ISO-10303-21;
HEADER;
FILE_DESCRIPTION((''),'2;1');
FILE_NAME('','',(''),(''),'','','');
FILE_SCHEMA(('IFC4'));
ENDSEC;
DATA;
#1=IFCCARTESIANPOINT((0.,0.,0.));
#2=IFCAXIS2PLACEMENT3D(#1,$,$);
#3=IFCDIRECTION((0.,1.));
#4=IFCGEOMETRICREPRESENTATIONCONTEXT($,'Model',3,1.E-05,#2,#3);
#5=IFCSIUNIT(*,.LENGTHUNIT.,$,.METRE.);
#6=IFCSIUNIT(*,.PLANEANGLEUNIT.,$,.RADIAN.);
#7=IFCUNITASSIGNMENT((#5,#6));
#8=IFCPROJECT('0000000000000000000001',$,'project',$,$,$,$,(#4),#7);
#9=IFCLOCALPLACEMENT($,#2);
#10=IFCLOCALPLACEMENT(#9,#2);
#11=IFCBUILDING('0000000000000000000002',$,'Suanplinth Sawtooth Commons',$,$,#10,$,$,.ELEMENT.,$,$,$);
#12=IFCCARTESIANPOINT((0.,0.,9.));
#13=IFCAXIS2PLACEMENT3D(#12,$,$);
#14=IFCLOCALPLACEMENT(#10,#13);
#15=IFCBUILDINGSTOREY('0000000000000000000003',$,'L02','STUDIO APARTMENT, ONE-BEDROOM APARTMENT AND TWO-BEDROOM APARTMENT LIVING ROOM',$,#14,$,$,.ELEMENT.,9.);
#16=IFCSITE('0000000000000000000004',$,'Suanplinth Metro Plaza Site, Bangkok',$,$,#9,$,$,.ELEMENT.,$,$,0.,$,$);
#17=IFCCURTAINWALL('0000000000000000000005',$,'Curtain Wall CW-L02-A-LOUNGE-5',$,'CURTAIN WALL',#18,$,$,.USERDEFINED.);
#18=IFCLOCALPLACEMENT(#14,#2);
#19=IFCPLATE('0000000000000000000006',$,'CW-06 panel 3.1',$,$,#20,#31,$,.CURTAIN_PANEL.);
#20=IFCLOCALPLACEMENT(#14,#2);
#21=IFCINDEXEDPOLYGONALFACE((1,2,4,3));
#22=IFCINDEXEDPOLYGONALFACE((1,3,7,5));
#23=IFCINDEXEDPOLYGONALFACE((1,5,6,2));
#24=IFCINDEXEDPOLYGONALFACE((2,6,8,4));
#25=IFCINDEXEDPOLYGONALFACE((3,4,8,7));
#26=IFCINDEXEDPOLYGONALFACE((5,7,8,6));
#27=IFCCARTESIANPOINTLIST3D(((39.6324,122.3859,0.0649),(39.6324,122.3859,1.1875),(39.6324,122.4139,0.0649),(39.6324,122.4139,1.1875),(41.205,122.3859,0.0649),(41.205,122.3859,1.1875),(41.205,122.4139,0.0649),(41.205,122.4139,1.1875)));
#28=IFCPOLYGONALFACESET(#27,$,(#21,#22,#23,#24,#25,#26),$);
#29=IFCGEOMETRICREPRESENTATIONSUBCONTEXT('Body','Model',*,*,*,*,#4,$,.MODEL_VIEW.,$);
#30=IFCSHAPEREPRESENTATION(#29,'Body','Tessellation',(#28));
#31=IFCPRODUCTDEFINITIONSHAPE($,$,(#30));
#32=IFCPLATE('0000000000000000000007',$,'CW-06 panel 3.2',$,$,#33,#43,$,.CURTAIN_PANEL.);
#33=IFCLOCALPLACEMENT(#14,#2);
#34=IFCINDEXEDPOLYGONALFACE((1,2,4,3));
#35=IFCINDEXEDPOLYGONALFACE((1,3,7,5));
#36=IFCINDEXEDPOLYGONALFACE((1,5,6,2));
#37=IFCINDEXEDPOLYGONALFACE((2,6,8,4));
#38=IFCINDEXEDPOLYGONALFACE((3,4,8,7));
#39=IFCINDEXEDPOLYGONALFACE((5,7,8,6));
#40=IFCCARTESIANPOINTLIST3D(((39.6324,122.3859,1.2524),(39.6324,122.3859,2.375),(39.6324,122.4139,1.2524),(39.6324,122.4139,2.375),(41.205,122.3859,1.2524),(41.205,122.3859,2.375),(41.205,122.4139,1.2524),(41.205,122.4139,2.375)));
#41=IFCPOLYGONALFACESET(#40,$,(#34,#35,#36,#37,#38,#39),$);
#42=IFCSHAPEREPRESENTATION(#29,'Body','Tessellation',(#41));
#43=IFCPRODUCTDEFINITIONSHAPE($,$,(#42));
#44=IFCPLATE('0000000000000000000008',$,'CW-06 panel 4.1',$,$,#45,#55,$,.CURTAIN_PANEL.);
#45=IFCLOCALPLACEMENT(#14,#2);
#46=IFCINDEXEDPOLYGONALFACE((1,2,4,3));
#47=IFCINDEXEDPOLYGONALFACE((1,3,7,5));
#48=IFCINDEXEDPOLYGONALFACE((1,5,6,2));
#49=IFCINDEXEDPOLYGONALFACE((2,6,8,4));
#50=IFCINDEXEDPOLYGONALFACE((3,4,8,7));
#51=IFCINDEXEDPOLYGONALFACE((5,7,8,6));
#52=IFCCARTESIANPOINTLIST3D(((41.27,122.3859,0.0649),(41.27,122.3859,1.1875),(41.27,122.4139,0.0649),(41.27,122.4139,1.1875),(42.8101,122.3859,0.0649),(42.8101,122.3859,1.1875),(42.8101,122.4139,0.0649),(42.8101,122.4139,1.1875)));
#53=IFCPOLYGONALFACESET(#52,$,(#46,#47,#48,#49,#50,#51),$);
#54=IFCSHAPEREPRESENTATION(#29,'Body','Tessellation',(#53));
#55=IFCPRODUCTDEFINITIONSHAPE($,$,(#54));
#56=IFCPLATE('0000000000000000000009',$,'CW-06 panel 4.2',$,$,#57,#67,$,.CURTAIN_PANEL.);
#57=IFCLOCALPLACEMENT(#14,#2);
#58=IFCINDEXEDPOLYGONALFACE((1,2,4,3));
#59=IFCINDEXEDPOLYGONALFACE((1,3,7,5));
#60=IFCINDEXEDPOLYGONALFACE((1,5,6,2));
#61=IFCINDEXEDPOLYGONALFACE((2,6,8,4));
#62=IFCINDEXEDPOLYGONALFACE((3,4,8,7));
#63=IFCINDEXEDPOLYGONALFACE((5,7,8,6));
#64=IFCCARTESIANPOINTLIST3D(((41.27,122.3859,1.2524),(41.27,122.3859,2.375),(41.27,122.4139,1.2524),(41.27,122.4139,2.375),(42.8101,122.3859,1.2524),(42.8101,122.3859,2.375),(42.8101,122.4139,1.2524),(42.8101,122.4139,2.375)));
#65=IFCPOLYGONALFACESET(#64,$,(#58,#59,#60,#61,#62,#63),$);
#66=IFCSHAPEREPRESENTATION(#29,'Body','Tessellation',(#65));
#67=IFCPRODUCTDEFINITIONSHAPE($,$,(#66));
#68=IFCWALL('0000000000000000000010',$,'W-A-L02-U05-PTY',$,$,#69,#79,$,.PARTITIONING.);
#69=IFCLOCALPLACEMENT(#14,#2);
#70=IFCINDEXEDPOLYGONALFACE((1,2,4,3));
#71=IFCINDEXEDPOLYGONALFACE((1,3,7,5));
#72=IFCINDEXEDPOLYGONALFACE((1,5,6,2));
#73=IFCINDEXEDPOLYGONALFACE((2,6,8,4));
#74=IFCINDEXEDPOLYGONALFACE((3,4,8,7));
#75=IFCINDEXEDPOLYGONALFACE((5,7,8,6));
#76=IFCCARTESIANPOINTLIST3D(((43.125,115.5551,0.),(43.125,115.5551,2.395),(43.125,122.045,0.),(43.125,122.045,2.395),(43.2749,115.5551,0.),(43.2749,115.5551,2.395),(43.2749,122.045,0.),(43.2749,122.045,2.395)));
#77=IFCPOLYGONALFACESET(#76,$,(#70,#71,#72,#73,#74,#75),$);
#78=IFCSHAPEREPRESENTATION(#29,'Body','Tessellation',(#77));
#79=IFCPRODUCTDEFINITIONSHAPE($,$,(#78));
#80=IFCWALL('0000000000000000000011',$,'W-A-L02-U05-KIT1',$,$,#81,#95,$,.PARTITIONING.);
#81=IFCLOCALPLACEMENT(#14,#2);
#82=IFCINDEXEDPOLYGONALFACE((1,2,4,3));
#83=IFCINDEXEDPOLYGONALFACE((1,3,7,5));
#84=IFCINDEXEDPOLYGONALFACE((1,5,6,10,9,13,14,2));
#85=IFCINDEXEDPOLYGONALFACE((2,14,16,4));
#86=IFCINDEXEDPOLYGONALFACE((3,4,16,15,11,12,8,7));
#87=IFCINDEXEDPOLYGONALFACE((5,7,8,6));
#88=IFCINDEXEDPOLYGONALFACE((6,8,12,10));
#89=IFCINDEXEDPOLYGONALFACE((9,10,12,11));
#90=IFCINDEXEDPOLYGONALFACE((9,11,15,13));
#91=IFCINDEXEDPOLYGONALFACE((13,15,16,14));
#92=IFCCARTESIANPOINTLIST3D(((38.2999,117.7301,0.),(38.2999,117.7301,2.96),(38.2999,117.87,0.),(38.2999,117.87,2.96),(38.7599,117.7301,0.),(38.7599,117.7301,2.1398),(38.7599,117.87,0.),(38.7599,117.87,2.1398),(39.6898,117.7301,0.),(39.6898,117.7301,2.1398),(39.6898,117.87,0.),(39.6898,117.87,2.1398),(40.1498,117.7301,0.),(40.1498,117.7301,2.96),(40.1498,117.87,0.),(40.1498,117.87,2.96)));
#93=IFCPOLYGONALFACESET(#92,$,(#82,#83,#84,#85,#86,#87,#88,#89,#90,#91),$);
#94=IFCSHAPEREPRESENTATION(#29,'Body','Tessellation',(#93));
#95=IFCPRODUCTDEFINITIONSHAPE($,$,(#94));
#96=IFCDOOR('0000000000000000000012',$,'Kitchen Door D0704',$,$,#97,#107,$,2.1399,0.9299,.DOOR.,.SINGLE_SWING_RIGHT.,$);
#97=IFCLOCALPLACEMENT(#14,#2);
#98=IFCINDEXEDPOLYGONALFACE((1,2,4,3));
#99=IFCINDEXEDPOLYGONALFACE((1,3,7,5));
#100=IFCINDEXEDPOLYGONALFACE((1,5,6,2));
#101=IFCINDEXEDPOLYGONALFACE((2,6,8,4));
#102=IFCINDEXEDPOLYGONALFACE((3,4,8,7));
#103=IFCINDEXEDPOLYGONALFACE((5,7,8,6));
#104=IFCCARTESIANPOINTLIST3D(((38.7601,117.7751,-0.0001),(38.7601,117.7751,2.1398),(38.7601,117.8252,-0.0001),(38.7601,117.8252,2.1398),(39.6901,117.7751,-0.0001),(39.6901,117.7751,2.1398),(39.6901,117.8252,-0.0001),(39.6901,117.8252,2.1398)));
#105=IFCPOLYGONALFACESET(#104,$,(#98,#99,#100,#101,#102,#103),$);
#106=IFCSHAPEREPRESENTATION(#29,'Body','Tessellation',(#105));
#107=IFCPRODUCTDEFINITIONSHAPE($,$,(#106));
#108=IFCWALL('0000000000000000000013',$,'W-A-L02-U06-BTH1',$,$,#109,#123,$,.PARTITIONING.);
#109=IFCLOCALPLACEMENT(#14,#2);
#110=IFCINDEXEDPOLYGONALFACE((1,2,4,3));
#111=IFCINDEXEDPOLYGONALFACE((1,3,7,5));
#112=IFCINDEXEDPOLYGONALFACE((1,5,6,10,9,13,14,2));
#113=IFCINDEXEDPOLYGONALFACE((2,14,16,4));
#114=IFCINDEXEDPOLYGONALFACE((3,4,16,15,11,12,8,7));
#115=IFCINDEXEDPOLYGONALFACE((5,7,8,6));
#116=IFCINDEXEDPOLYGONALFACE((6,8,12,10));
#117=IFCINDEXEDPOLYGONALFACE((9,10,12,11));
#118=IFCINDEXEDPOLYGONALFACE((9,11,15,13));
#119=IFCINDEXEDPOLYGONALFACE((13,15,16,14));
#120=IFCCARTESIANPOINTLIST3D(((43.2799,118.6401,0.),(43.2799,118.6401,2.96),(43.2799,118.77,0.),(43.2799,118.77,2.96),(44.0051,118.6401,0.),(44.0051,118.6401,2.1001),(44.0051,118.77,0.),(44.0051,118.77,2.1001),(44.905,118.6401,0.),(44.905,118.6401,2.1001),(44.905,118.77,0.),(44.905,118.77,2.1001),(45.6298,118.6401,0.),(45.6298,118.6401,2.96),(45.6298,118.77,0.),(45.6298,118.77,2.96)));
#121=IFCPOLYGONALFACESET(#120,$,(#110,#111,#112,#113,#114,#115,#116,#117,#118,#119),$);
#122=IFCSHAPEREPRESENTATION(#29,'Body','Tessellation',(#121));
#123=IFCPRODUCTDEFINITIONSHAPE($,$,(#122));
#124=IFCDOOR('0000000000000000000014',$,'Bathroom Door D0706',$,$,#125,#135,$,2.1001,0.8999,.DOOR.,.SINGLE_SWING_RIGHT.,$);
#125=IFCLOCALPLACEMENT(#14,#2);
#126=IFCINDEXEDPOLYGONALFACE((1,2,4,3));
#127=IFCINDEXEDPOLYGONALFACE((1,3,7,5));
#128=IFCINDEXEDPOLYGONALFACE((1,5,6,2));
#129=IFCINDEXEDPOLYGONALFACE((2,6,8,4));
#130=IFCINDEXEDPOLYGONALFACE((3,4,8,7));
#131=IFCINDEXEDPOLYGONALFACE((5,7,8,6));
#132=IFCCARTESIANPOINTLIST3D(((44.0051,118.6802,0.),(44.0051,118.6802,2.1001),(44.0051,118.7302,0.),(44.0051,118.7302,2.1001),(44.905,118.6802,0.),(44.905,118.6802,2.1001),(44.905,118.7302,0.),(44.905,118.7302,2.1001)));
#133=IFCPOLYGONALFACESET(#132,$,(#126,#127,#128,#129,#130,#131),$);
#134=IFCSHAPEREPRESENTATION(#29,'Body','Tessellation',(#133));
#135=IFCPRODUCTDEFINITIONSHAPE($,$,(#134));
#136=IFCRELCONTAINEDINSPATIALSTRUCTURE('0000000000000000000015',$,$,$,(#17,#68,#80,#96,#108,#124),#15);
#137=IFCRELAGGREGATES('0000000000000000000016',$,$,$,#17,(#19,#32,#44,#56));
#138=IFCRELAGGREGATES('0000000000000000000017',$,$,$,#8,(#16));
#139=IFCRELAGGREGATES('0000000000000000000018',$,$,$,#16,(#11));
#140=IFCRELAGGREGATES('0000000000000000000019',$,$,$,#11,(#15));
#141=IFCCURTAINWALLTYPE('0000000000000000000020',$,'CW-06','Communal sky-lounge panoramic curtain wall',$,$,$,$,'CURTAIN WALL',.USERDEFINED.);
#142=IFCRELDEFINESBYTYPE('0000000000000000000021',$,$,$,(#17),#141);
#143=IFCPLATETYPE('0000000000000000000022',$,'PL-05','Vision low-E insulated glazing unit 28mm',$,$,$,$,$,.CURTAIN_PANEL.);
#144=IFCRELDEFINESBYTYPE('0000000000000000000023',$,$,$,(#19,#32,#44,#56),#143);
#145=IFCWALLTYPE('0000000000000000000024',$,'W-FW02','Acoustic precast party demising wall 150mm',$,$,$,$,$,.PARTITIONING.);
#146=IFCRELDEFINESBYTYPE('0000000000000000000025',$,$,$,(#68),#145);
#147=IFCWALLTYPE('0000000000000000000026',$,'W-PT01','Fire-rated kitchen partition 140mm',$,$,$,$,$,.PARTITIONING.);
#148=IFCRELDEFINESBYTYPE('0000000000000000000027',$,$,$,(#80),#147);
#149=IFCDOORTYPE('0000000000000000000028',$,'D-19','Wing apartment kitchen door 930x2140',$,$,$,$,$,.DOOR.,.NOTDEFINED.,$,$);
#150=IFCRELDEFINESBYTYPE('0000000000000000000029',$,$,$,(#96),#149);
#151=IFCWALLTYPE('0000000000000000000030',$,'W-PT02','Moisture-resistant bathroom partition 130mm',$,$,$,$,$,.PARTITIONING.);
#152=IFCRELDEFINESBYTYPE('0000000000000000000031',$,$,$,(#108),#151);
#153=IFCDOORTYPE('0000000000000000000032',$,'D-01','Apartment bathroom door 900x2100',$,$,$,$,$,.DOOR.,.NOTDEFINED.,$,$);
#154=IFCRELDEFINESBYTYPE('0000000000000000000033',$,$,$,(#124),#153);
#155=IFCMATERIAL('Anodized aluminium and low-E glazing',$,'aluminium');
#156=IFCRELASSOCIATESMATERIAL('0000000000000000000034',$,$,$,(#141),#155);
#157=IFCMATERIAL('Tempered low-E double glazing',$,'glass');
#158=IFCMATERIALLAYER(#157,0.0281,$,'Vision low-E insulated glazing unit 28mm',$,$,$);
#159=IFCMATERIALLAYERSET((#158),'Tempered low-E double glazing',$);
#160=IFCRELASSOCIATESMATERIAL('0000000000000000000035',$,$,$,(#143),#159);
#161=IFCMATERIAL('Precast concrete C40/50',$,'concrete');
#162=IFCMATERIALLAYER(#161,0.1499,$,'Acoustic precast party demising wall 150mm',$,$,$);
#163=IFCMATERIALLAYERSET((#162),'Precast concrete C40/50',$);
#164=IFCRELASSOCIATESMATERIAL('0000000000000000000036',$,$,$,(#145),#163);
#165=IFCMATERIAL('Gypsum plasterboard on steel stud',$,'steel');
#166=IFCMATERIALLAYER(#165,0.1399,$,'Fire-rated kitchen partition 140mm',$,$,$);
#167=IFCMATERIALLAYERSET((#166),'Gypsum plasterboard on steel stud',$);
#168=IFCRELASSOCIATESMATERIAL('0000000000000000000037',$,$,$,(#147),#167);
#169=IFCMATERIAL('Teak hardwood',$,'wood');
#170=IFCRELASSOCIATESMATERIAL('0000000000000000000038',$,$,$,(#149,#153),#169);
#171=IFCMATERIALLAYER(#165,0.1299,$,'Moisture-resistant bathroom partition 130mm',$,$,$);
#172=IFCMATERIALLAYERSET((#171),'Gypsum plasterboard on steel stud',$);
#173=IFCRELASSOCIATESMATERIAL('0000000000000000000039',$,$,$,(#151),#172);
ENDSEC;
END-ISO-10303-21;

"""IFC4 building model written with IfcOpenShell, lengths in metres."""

from ifc_helpers import new_model, si_unit, direction, frame, frame_2d, origin, origin_2d, place, context, subcontext, project, spatial, rectangle, extrude, material, layer, layer_set, type_object, element, fill, aggregate, save


model = new_model("IFC4")

# Units and contexts
model_context = context("Model", 3, precision=1e-05, world=origin(), true_north=direction((0.0, 1.0)))
body_context = subcontext(model_context, "Body", "Model", "MODEL_VIEW")
ifc_project = project(units=[si_unit("LENGTHUNIT", "METRE"), si_unit("PLANEANGLEUNIT", "RADIAN")], contexts=[model_context])

# Site, building, storey
site_placement = place(None, origin())
site = spatial("IfcSite", under=ifc_project, at=site_placement, Name="Suanplinth Metro Plaza Site, Bangkok", CompositionType="ELEMENT", RefElevation=0.0)
building_placement = place(site_placement, origin())
building = spatial("IfcBuilding", under=site, at=building_placement, Name="Suanplinth Sawtooth Commons", CompositionType="ELEMENT")
storey_placement = place(building_placement, frame((0.0, 0.0, 9.0)))
storey = spatial("IfcBuildingStorey", under=building, at=storey_placement, Name="L02", Description="STUDIO APARTMENT, ONE-BEDROOM APARTMENT AND TWO-BEDROOM APARTMENT LIVING ROOM", CompositionType="ELEMENT", Elevation=9.0)

# Shared definitions
ifc_material_1 = material(Name="Precast concrete C40/50", Category="concrete")

# Curtain wall
ifc_material_2 = material(Name="Anodized aluminium and low-E glazing", Category="aluminium")
curtain_wall_type = type_object("IfcCurtainWallType", Name="CW-06", Description="Communal sky-lounge panoramic curtain wall", ElementType="CURTAIN WALL", PredefinedType="USERDEFINED", material=ifc_material_2)
curtain_wall_placement = place(storey_placement, origin())
curtain_wall = element("IfcCurtainWall", 1, at=curtain_wall_placement, inside=storey, type_object=curtain_wall_type, Name="Curtain Wall CW-L02-A-LOUNGE-5", ObjectType="CURTAIN WALL", PredefinedType="USERDEFINED")

# Plates
ifc_material_3 = material(Name="Tempered low-E double glazing", Category="glass")
ifc_layer_1 = layer(ifc_material_3, 0.0281, Name="Vision low-E insulated glazing unit 28mm")
ifc_layer_set_1 = layer_set([ifc_layer_1], Name="Tempered low-E double glazing")
plate_type_1 = type_object("IfcPlateType", Name="PL-05", Description="Vision low-E insulated glazing unit 28mm", PredefinedType="CURTAIN_PANEL", material=ifc_layer_set_1)
plate_1_placement = place(storey_placement, frame((40.4187, 122.3999, 0.0649), z_axis=(0.0, 0.0, 1.0), x_axis=(1.0, 0.0, 0.0)))
plate_1 = element("IfcPlate", 2, at=plate_1_placement, type_object=plate_type_1, Name="CW-06 panel 3.1", PredefinedType="CURTAIN_PANEL", context=body_context, shape_type="SweptSolid", body=[
    extrude(rectangle(XDim=1.5725, YDim=0.0281, at=origin_2d()), origin(), (0.0, 0.0, 1.0), 1.1226),
])
plate_2_placement = place(storey_placement, frame((40.4187, 122.3999, 1.2524), z_axis=(0.0, 0.0, 1.0), x_axis=(1.0, 0.0, 0.0)))
plate_2 = element("IfcPlate", 3, at=plate_2_placement, type_object=plate_type_1, Name="CW-06 panel 3.2", PredefinedType="CURTAIN_PANEL", context=body_context, shape_type="SweptSolid", body=[
    extrude(rectangle(XDim=1.5725, YDim=0.0281, at=origin_2d()), origin(), (0.0, 0.0, 1.0), 1.1226),
])
plate_3_placement = place(storey_placement, frame((42.04, 122.3999, 0.0649), z_axis=(0.0, 0.0, 1.0), x_axis=(1.0, 0.0, 0.0)))
plate_3 = element("IfcPlate", 4, at=plate_3_placement, type_object=plate_type_1, Name="CW-06 panel 4.1", PredefinedType="CURTAIN_PANEL", context=body_context, shape_type="SweptSolid", body=[
    extrude(rectangle(XDim=1.54, YDim=0.0281, at=origin_2d()), origin(), (0.0, 0.0, 1.0), 1.1226),
])
plate_4_placement = place(storey_placement, frame((42.04, 122.3999, 1.2524), z_axis=(0.0, 0.0, 1.0), x_axis=(1.0, 0.0, 0.0)))
plate_4 = element("IfcPlate", 5, at=plate_4_placement, type_object=plate_type_1, Name="CW-06 panel 4.2", PredefinedType="CURTAIN_PANEL", context=body_context, shape_type="SweptSolid", body=[
    extrude(rectangle(XDim=1.54, YDim=0.0281, at=origin_2d()), origin(), (0.0, 0.0, 1.0), 1.1226),
])
aggregate(curtain_wall, [plate_1, plate_2, plate_3, plate_4])

# Wall
ifc_layer_2 = layer(ifc_material_1, 0.1499, Name="Acoustic precast party demising wall 150mm")
ifc_layer_set_2 = layer_set([ifc_layer_2], Name="Precast concrete C40/50")
wall_type_1 = type_object("IfcWallType", Name="W-FW02", Description="Acoustic precast party demising wall 150mm", PredefinedType="PARTITIONING", material=ifc_layer_set_2)
wall_1_placement = place(storey_placement, frame((43.2, 115.5549, 0.0), z_axis=(0.0, 0.0, 1.0), x_axis=(0.0, 1.0, 0.0)))
element("IfcWall", 6, at=wall_1_placement, inside=storey, type_object=wall_type_1, Name="W-A-L02-U05-PTY", PredefinedType="PARTITIONING", context=body_context, shape_type="SweptSolid", body=[
    extrude(rectangle(XDim=6.49, YDim=0.1499, at=frame_2d((3.2451, 0.0))), origin(), (0.0, 0.0, 1.0), 2.395),
])

# Walls, openings, doors
ifc_material_4 = material(Name="Gypsum plasterboard on steel stud", Category="steel")
ifc_layer_3 = layer(ifc_material_4, 0.1399, Name="Fire-rated kitchen partition 140mm")
ifc_layer_set_3 = layer_set([ifc_layer_3], Name="Gypsum plasterboard on steel stud")
wall_type_2 = type_object("IfcWallType", Name="W-PT01", Description="Fire-rated kitchen partition 140mm", PredefinedType="PARTITIONING", material=ifc_layer_set_3)
wall_2_placement = place(storey_placement, frame((38.3, 117.8, 0.0), z_axis=(0.0, 0.0, 1.0), x_axis=(1.0, 0.0, 0.0)))
wall_2 = element("IfcWall", 7, at=wall_2_placement, inside=storey, type_object=wall_type_2, Name="W-A-L02-U05-KIT1", PredefinedType="PARTITIONING", context=body_context, shape_type="SweptSolid", body=[
    extrude(rectangle(XDim=1.8499, YDim=0.1399, at=frame_2d((0.9248, 0.0))), origin(), (0.0, 0.0, 1.0), 2.96),
])
opening_1_placement = place(wall_2_placement, frame((0.46, 0.0, 0.0)))
opening_1 = element("IfcOpeningElement", 8, at=opening_1_placement, cuts=wall_2, PredefinedType="OPENING", context=body_context, shape_type="SweptSolid", body=[
    extrude(rectangle(XDim=0.9299, YDim=2.1399, at=frame_2d((0.4648, 1.0698))), frame((0.0, 0.085, 0.0), z_axis=(0.0, -1.0, 0.0), x_axis=(1.0, 0.0, 0.0)), (0.0, 0.0, 1.0), 0.1697),
])
ifc_material_5 = material(Name="Teak hardwood", Category="wood")
door_type_1 = type_object("IfcDoorType", Name="D-19", Description="Wing apartment kitchen door 930x2140", OperationType="NOTDEFINED", PredefinedType="DOOR", material=ifc_material_5)
door_1_placement = place(opening_1_placement, frame((0.9299, 0.0, 0.0), z_axis=(0.0, 0.0, 1.0), x_axis=(-1.0, 0.0, 0.0)))
door_1 = element("IfcDoor", 9, at=door_1_placement, inside=storey, type_object=door_type_1, Name="Kitchen Door D0704", OperationType="SINGLE_SWING_RIGHT", OverallHeight=2.1399, OverallWidth=0.9299, PredefinedType="DOOR", context=body_context, shape_type="SweptSolid", body=[
    extrude(rectangle(XDim=0.9299, YDim=2.1399, at=frame_2d((0.4648, 1.0698))), frame((0.0, 0.0249, 0.0), z_axis=(0.0, -1.0, 0.0), x_axis=(1.0, 0.0, 0.0)), (0.0, 0.0, 1.0), 0.05),
])
fill(opening_1, door_1)
ifc_layer_4 = layer(ifc_material_4, 0.1299, Name="Moisture-resistant bathroom partition 130mm")
ifc_layer_set_4 = layer_set([ifc_layer_4], Name="Gypsum plasterboard on steel stud")
wall_type_3 = type_object("IfcWallType", Name="W-PT02", Description="Moisture-resistant bathroom partition 130mm", PredefinedType="PARTITIONING", material=ifc_layer_set_4)
wall_3_placement = place(storey_placement, frame((43.28, 118.7051, 0.0), z_axis=(0.0, 0.0, 1.0), x_axis=(1.0, 0.0, 0.0)))
wall_3 = element("IfcWall", 10, at=wall_3_placement, inside=storey, type_object=wall_type_3, Name="W-A-L02-U06-BTH1", PredefinedType="PARTITIONING", context=body_context, shape_type="SweptSolid", body=[
    extrude(rectangle(XDim=2.3499, YDim=0.1299, at=frame_2d((1.1748, 0.0))), origin(), (0.0, 0.0, 1.0), 2.96),
])
opening_2_placement = place(wall_3_placement, frame((0.7251, 0.0, 0.0)))
opening_2 = element("IfcOpeningElement", 11, at=opening_2_placement, cuts=wall_3, PredefinedType="OPENING", context=body_context, shape_type="SweptSolid", body=[
    extrude(rectangle(XDim=0.8999, YDim=2.1001, at=frame_2d((0.45, 1.05))), frame((0.0, 0.0798, 0.0), z_axis=(0.0, -1.0, 0.0), x_axis=(1.0, 0.0, 0.0)), (0.0, 0.0, 1.0), 0.1597),
])
door_type_2 = type_object("IfcDoorType", Name="D-01", Description="Apartment bathroom door 900x2100", OperationType="NOTDEFINED", PredefinedType="DOOR", material=ifc_material_5)
door_2_placement = place(opening_2_placement, frame((0.8999, 0.0, 0.0), z_axis=(0.0, 0.0, 1.0), x_axis=(-1.0, 0.0, 0.0)))
door_2 = element("IfcDoor", 12, at=door_2_placement, inside=storey, type_object=door_type_2, Name="Bathroom Door D0706", OperationType="SINGLE_SWING_RIGHT", OverallHeight=2.1001, OverallWidth=0.8999, PredefinedType="DOOR", context=body_context, shape_type="SweptSolid", body=[
    extrude(rectangle(XDim=0.8999, YDim=2.1001, at=frame_2d((0.45, 1.05))), frame((0.0, 0.0249, 0.0), z_axis=(0.0, -1.0, 0.0), x_axis=(1.0, 0.0, 0.0)), (0.0, 0.0, 1.0), 0.05),
])
fill(opening_2, door_2)

save(model, "model.ifc")
